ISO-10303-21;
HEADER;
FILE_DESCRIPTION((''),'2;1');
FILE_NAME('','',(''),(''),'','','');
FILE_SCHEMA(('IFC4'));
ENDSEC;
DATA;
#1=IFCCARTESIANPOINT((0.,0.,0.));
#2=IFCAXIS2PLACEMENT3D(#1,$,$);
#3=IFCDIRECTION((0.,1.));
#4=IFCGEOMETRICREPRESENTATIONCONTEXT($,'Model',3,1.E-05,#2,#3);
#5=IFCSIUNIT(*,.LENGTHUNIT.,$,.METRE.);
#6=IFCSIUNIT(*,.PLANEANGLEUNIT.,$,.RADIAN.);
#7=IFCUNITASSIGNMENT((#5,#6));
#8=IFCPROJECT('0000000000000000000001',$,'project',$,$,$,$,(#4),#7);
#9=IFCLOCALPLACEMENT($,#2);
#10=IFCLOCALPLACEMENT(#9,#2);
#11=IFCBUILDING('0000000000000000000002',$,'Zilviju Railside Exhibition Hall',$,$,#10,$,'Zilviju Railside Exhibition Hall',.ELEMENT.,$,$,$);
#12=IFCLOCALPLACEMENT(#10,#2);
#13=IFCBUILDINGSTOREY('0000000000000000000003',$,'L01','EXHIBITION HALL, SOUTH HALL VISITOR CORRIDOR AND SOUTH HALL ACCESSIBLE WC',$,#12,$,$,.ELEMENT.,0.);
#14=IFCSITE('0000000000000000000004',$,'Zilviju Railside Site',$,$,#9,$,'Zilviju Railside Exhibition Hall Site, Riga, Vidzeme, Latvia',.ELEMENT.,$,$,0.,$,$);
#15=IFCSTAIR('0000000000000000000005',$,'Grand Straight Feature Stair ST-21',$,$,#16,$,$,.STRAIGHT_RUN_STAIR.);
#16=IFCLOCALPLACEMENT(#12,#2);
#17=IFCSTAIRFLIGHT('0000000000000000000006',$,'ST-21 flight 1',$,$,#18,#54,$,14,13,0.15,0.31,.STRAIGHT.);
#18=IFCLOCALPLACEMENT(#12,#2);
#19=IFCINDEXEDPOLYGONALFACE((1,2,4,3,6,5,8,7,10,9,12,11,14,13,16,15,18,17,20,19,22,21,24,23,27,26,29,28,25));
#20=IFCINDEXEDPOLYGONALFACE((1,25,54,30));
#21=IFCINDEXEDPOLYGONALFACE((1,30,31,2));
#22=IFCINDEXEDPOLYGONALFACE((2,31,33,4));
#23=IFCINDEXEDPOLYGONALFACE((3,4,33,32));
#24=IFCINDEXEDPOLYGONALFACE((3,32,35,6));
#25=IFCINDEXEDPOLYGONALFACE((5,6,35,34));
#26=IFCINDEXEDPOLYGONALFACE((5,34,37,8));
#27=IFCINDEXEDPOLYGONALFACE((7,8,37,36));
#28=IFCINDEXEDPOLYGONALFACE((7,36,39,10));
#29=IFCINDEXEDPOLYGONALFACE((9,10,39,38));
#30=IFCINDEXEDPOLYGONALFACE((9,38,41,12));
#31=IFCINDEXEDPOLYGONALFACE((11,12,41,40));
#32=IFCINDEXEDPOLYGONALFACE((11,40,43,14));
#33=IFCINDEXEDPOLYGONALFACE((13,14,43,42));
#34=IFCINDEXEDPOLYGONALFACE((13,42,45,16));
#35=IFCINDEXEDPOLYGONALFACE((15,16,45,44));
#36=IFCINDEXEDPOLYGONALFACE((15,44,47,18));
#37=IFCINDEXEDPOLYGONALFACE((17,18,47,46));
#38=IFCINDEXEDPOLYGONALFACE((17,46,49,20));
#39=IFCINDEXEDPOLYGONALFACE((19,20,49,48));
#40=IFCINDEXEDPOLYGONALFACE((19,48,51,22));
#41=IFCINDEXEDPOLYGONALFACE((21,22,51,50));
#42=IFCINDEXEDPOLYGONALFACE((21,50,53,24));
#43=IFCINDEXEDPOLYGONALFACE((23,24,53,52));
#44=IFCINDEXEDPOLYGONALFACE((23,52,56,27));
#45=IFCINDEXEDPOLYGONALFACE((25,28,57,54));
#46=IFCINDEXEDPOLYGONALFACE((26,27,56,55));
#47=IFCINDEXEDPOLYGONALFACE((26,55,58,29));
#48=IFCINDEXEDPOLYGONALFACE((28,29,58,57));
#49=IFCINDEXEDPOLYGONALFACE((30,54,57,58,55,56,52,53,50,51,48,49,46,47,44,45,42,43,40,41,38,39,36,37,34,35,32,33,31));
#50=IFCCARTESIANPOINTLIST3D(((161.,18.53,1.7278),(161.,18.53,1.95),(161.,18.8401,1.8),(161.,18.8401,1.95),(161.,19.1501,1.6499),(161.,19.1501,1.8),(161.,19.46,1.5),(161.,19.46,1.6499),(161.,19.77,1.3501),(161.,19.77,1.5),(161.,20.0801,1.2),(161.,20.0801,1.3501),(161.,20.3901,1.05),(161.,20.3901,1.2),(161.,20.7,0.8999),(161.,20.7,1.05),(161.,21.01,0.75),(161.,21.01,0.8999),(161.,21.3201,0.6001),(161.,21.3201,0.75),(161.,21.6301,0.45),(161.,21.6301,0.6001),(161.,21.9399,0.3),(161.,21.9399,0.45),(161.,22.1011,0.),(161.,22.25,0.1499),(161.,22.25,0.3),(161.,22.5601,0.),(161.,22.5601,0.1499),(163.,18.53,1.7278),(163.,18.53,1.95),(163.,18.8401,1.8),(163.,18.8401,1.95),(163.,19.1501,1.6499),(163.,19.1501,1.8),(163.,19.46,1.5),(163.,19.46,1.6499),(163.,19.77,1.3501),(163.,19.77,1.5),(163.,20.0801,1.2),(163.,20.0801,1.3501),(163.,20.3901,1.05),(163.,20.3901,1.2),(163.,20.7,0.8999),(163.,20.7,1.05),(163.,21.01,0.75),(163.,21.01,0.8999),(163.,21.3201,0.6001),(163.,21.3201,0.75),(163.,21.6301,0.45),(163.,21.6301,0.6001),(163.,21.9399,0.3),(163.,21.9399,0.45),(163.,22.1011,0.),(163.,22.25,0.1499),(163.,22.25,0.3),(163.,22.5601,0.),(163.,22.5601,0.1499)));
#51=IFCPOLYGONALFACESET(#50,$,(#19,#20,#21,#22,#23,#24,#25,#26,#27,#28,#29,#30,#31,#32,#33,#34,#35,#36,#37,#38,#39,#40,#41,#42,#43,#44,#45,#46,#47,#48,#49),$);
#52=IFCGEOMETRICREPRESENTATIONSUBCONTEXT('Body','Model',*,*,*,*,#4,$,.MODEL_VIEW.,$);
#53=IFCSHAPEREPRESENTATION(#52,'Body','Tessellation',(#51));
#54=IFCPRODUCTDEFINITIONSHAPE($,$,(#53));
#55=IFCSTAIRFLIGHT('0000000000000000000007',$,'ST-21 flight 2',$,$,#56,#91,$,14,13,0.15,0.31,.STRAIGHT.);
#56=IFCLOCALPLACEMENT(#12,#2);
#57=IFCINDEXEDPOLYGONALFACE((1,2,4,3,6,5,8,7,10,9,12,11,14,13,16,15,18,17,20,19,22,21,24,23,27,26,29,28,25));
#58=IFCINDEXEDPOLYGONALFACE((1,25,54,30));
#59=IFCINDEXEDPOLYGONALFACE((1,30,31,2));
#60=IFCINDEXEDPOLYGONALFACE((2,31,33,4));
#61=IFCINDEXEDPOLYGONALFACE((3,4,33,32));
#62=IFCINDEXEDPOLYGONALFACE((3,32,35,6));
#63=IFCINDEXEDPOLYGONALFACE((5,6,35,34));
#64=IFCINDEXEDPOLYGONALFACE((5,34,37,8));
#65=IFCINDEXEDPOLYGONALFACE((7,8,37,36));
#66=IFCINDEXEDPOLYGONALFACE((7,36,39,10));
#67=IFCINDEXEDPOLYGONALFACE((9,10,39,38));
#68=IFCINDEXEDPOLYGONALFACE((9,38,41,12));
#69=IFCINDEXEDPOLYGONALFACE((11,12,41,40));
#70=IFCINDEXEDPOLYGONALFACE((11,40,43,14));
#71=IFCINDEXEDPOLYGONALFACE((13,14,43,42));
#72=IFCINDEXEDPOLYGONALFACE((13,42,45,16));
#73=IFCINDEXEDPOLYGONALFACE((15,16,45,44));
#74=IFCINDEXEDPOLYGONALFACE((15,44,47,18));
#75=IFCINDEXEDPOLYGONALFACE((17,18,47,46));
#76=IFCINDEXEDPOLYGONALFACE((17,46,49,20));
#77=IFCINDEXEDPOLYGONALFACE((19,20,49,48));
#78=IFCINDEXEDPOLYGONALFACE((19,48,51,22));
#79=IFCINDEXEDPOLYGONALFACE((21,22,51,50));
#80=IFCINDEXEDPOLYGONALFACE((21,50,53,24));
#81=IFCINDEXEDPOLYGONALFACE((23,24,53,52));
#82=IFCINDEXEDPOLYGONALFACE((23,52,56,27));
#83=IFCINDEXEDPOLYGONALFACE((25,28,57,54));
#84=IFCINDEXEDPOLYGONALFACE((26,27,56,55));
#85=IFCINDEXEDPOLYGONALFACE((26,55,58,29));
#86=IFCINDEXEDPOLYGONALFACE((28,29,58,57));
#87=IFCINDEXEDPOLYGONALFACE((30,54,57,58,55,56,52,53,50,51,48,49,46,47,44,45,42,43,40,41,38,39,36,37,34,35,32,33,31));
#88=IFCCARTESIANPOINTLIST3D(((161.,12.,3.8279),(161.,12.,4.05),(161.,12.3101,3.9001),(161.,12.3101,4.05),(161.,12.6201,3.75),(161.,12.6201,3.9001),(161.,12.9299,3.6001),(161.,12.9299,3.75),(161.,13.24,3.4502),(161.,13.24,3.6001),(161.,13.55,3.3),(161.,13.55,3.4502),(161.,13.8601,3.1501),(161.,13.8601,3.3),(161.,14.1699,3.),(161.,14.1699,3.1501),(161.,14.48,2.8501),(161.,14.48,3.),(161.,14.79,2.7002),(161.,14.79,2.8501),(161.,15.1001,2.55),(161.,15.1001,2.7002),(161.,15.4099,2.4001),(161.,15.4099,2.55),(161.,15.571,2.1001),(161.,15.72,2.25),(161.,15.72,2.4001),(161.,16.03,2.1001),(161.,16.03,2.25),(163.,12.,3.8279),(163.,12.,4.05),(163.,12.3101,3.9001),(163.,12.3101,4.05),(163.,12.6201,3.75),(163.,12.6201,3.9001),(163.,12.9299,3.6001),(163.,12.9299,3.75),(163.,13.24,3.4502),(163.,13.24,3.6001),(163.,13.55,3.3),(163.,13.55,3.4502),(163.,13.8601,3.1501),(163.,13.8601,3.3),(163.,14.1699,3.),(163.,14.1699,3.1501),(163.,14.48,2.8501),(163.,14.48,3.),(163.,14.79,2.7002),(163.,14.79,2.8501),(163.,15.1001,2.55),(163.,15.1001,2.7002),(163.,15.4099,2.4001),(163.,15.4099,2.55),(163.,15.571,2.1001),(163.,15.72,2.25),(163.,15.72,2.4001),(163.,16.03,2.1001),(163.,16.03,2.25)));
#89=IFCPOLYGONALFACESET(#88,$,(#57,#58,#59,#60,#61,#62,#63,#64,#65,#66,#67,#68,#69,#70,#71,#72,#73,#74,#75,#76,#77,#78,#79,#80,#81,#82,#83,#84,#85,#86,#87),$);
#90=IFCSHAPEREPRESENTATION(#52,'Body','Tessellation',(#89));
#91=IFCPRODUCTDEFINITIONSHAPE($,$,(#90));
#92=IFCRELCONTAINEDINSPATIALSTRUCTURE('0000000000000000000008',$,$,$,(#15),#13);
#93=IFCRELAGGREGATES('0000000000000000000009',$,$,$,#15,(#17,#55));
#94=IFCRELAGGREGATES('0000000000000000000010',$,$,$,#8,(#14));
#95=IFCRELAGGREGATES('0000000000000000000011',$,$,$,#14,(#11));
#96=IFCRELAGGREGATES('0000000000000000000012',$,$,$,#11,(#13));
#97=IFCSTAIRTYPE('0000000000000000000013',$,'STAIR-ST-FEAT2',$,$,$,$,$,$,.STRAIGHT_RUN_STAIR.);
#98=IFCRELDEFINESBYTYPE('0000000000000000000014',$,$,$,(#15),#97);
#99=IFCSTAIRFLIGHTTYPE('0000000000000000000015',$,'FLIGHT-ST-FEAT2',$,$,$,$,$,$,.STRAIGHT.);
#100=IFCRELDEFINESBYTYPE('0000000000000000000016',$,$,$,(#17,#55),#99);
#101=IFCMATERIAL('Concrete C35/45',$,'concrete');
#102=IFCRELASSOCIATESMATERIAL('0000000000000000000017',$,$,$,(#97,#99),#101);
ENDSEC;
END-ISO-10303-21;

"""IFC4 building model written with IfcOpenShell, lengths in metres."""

from ifc_helpers import new_model, si_unit, direction, frame, origin, place, context, subcontext, project, spatial, polyline, outline, extrude, material, type_object, element, aggregate, save


model = new_model("IFC4")

# Units and contexts
model_context = context("Model", 3, precision=1e-05, world=origin(), true_north=direction((0.0, 1.0)))
body_context = subcontext(model_context, "Body", "Model", "MODEL_VIEW")
ifc_project = project(units=[si_unit("LENGTHUNIT", "METRE"), si_unit("PLANEANGLEUNIT", "RADIAN")], contexts=[model_context])

# Site, building, storey
site_placement = place(None, origin())
site = spatial("IfcSite", under=ifc_project, at=site_placement, Name="Zilviju Railside Site", LongName="Zilviju Railside Exhibition Hall Site, Riga, Vidzeme, Latvia", CompositionType="ELEMENT", RefElevation=0.0)
building_placement = place(site_placement, origin())
building = spatial("IfcBuilding", under=site, at=building_placement, Name="Zilviju Railside Exhibition Hall", LongName="Zilviju Railside Exhibition Hall", CompositionType="ELEMENT")
storey_placement = place(building_placement, origin())
storey = spatial("IfcBuildingStorey", under=building, at=storey_placement, Name="L01", Description="EXHIBITION HALL, SOUTH HALL VISITOR CORRIDOR AND SOUTH HALL ACCESSIBLE WC", CompositionType="ELEMENT", Elevation=0.0)

# Shared definitions
ifc_material_1 = material(Name="Concrete C35/45", Category="concrete")

# Stair, stair flights
stair_type = type_object("IfcStairType", Name="STAIR-ST-FEAT2", PredefinedType="STRAIGHT_RUN_STAIR", material=ifc_material_1)
stair_flight_type = type_object("IfcStairFlightType", Name="FLIGHT-ST-FEAT2", PredefinedType="STRAIGHT", material=ifc_material_1)
stair_1_placement = place(storey_placement, origin())
stair_1 = element("IfcStair", 1, at=stair_1_placement, inside=storey, type_object=stair_type, Name="Grand Straight Feature Stair ST-21", PredefinedType="STRAIGHT_RUN_STAIR")
stair_flight_1_placement = place(storey_placement, frame((162.0, 22.5601, 0.0), z_axis=(0.0, 0.0, 1.0), x_axis=(0.0, -1.0, 0.0)))
stair_flight_1 = element("IfcStairFlight", 2, at=stair_flight_1_placement, type_object=stair_flight_type, Name="ST-21 flight 1", NumberOfRisers=14, NumberOfTreads=13, PredefinedType="STRAIGHT", RiserHeight=0.15, TreadLength=0.31, context=body_context, shape_type="SweptSolid", body=[
    extrude(outline(polyline([(0.0, 0.0), (0.0, 0.1499), (0.3101, 0.1499), (0.3101, 0.3), (0.6201, 0.3), (0.6201, 0.45), (0.9299, 0.45), (0.9299, 0.6001), (1.24, 0.6001), (1.24, 0.75), (1.55, 0.75), (1.55, 0.8999), (1.8601, 0.8999), (1.8601, 1.05), (2.1699, 1.05), (2.1699, 1.2), (2.48, 1.2), (2.48, 1.3501), (2.79, 1.3501), (2.79, 1.5), (3.1001, 1.5), (3.1001, 1.6499), (3.4099, 1.6499), (3.4099, 1.8), (3.72, 1.8), (3.72, 1.95), (4.03, 1.95), (4.03, 2.1001), (4.03, 1.7278), (0.459, 0.0), (0.0, 0.0)])), frame((0.0, 1.0, 0.0), z_axis=(0.0, -1.0, 0.0), x_axis=(1.0, 0.0, 0.0)), (0.0, 0.0, 1.0), 2.0),
])
stair_flight_2_placement = place(storey_placement, frame((162.0, 16.03, 2.1001), z_axis=(0.0, 0.0, 1.0), x_axis=(0.0, -1.0, 0.0)))
stair_flight_2 = element("IfcStairFlight", 3, at=stair_flight_2_placement, type_object=stair_flight_type, Name="ST-21 flight 2", NumberOfRisers=14, NumberOfTreads=13, PredefinedType="STRAIGHT", RiserHeight=0.15, TreadLength=0.31, context=body_context, shape_type="SweptSolid", body=[
    extrude(outline(polyline([(0.0, 0.0), (0.0, 0.1499), (0.3101, 0.1499), (0.3101, 0.3), (0.6201, 0.3), (0.6201, 0.45), (0.9299, 0.45), (0.9299, 0.6001), (1.24, 0.6001), (1.24, 0.75), (1.55, 0.75), (1.55, 0.8999), (1.8601, 0.8999), (1.8601, 1.05), (2.1699, 1.05), (2.1699, 1.2), (2.48, 1.2), (2.48, 1.3501), (2.79, 1.3501), (2.79, 1.5), (3.1001, 1.5), (3.1001, 1.6499), (3.4099, 1.6499), (3.4099, 1.8), (3.72, 1.8), (3.72, 1.95), (4.03, 1.95), (4.03, 2.1001), (4.03, 1.7278), (0.459, 0.0), (0.0, 0.0)])), frame((0.0, 1.0, 0.0), z_axis=(0.0, -1.0, 0.0), x_axis=(1.0, 0.0, 0.0)), (0.0, 0.0, 1.0), 2.0),
])
aggregate(stair_1, [stair_flight_1, stair_flight_2])

save(model, "model.ifc")
